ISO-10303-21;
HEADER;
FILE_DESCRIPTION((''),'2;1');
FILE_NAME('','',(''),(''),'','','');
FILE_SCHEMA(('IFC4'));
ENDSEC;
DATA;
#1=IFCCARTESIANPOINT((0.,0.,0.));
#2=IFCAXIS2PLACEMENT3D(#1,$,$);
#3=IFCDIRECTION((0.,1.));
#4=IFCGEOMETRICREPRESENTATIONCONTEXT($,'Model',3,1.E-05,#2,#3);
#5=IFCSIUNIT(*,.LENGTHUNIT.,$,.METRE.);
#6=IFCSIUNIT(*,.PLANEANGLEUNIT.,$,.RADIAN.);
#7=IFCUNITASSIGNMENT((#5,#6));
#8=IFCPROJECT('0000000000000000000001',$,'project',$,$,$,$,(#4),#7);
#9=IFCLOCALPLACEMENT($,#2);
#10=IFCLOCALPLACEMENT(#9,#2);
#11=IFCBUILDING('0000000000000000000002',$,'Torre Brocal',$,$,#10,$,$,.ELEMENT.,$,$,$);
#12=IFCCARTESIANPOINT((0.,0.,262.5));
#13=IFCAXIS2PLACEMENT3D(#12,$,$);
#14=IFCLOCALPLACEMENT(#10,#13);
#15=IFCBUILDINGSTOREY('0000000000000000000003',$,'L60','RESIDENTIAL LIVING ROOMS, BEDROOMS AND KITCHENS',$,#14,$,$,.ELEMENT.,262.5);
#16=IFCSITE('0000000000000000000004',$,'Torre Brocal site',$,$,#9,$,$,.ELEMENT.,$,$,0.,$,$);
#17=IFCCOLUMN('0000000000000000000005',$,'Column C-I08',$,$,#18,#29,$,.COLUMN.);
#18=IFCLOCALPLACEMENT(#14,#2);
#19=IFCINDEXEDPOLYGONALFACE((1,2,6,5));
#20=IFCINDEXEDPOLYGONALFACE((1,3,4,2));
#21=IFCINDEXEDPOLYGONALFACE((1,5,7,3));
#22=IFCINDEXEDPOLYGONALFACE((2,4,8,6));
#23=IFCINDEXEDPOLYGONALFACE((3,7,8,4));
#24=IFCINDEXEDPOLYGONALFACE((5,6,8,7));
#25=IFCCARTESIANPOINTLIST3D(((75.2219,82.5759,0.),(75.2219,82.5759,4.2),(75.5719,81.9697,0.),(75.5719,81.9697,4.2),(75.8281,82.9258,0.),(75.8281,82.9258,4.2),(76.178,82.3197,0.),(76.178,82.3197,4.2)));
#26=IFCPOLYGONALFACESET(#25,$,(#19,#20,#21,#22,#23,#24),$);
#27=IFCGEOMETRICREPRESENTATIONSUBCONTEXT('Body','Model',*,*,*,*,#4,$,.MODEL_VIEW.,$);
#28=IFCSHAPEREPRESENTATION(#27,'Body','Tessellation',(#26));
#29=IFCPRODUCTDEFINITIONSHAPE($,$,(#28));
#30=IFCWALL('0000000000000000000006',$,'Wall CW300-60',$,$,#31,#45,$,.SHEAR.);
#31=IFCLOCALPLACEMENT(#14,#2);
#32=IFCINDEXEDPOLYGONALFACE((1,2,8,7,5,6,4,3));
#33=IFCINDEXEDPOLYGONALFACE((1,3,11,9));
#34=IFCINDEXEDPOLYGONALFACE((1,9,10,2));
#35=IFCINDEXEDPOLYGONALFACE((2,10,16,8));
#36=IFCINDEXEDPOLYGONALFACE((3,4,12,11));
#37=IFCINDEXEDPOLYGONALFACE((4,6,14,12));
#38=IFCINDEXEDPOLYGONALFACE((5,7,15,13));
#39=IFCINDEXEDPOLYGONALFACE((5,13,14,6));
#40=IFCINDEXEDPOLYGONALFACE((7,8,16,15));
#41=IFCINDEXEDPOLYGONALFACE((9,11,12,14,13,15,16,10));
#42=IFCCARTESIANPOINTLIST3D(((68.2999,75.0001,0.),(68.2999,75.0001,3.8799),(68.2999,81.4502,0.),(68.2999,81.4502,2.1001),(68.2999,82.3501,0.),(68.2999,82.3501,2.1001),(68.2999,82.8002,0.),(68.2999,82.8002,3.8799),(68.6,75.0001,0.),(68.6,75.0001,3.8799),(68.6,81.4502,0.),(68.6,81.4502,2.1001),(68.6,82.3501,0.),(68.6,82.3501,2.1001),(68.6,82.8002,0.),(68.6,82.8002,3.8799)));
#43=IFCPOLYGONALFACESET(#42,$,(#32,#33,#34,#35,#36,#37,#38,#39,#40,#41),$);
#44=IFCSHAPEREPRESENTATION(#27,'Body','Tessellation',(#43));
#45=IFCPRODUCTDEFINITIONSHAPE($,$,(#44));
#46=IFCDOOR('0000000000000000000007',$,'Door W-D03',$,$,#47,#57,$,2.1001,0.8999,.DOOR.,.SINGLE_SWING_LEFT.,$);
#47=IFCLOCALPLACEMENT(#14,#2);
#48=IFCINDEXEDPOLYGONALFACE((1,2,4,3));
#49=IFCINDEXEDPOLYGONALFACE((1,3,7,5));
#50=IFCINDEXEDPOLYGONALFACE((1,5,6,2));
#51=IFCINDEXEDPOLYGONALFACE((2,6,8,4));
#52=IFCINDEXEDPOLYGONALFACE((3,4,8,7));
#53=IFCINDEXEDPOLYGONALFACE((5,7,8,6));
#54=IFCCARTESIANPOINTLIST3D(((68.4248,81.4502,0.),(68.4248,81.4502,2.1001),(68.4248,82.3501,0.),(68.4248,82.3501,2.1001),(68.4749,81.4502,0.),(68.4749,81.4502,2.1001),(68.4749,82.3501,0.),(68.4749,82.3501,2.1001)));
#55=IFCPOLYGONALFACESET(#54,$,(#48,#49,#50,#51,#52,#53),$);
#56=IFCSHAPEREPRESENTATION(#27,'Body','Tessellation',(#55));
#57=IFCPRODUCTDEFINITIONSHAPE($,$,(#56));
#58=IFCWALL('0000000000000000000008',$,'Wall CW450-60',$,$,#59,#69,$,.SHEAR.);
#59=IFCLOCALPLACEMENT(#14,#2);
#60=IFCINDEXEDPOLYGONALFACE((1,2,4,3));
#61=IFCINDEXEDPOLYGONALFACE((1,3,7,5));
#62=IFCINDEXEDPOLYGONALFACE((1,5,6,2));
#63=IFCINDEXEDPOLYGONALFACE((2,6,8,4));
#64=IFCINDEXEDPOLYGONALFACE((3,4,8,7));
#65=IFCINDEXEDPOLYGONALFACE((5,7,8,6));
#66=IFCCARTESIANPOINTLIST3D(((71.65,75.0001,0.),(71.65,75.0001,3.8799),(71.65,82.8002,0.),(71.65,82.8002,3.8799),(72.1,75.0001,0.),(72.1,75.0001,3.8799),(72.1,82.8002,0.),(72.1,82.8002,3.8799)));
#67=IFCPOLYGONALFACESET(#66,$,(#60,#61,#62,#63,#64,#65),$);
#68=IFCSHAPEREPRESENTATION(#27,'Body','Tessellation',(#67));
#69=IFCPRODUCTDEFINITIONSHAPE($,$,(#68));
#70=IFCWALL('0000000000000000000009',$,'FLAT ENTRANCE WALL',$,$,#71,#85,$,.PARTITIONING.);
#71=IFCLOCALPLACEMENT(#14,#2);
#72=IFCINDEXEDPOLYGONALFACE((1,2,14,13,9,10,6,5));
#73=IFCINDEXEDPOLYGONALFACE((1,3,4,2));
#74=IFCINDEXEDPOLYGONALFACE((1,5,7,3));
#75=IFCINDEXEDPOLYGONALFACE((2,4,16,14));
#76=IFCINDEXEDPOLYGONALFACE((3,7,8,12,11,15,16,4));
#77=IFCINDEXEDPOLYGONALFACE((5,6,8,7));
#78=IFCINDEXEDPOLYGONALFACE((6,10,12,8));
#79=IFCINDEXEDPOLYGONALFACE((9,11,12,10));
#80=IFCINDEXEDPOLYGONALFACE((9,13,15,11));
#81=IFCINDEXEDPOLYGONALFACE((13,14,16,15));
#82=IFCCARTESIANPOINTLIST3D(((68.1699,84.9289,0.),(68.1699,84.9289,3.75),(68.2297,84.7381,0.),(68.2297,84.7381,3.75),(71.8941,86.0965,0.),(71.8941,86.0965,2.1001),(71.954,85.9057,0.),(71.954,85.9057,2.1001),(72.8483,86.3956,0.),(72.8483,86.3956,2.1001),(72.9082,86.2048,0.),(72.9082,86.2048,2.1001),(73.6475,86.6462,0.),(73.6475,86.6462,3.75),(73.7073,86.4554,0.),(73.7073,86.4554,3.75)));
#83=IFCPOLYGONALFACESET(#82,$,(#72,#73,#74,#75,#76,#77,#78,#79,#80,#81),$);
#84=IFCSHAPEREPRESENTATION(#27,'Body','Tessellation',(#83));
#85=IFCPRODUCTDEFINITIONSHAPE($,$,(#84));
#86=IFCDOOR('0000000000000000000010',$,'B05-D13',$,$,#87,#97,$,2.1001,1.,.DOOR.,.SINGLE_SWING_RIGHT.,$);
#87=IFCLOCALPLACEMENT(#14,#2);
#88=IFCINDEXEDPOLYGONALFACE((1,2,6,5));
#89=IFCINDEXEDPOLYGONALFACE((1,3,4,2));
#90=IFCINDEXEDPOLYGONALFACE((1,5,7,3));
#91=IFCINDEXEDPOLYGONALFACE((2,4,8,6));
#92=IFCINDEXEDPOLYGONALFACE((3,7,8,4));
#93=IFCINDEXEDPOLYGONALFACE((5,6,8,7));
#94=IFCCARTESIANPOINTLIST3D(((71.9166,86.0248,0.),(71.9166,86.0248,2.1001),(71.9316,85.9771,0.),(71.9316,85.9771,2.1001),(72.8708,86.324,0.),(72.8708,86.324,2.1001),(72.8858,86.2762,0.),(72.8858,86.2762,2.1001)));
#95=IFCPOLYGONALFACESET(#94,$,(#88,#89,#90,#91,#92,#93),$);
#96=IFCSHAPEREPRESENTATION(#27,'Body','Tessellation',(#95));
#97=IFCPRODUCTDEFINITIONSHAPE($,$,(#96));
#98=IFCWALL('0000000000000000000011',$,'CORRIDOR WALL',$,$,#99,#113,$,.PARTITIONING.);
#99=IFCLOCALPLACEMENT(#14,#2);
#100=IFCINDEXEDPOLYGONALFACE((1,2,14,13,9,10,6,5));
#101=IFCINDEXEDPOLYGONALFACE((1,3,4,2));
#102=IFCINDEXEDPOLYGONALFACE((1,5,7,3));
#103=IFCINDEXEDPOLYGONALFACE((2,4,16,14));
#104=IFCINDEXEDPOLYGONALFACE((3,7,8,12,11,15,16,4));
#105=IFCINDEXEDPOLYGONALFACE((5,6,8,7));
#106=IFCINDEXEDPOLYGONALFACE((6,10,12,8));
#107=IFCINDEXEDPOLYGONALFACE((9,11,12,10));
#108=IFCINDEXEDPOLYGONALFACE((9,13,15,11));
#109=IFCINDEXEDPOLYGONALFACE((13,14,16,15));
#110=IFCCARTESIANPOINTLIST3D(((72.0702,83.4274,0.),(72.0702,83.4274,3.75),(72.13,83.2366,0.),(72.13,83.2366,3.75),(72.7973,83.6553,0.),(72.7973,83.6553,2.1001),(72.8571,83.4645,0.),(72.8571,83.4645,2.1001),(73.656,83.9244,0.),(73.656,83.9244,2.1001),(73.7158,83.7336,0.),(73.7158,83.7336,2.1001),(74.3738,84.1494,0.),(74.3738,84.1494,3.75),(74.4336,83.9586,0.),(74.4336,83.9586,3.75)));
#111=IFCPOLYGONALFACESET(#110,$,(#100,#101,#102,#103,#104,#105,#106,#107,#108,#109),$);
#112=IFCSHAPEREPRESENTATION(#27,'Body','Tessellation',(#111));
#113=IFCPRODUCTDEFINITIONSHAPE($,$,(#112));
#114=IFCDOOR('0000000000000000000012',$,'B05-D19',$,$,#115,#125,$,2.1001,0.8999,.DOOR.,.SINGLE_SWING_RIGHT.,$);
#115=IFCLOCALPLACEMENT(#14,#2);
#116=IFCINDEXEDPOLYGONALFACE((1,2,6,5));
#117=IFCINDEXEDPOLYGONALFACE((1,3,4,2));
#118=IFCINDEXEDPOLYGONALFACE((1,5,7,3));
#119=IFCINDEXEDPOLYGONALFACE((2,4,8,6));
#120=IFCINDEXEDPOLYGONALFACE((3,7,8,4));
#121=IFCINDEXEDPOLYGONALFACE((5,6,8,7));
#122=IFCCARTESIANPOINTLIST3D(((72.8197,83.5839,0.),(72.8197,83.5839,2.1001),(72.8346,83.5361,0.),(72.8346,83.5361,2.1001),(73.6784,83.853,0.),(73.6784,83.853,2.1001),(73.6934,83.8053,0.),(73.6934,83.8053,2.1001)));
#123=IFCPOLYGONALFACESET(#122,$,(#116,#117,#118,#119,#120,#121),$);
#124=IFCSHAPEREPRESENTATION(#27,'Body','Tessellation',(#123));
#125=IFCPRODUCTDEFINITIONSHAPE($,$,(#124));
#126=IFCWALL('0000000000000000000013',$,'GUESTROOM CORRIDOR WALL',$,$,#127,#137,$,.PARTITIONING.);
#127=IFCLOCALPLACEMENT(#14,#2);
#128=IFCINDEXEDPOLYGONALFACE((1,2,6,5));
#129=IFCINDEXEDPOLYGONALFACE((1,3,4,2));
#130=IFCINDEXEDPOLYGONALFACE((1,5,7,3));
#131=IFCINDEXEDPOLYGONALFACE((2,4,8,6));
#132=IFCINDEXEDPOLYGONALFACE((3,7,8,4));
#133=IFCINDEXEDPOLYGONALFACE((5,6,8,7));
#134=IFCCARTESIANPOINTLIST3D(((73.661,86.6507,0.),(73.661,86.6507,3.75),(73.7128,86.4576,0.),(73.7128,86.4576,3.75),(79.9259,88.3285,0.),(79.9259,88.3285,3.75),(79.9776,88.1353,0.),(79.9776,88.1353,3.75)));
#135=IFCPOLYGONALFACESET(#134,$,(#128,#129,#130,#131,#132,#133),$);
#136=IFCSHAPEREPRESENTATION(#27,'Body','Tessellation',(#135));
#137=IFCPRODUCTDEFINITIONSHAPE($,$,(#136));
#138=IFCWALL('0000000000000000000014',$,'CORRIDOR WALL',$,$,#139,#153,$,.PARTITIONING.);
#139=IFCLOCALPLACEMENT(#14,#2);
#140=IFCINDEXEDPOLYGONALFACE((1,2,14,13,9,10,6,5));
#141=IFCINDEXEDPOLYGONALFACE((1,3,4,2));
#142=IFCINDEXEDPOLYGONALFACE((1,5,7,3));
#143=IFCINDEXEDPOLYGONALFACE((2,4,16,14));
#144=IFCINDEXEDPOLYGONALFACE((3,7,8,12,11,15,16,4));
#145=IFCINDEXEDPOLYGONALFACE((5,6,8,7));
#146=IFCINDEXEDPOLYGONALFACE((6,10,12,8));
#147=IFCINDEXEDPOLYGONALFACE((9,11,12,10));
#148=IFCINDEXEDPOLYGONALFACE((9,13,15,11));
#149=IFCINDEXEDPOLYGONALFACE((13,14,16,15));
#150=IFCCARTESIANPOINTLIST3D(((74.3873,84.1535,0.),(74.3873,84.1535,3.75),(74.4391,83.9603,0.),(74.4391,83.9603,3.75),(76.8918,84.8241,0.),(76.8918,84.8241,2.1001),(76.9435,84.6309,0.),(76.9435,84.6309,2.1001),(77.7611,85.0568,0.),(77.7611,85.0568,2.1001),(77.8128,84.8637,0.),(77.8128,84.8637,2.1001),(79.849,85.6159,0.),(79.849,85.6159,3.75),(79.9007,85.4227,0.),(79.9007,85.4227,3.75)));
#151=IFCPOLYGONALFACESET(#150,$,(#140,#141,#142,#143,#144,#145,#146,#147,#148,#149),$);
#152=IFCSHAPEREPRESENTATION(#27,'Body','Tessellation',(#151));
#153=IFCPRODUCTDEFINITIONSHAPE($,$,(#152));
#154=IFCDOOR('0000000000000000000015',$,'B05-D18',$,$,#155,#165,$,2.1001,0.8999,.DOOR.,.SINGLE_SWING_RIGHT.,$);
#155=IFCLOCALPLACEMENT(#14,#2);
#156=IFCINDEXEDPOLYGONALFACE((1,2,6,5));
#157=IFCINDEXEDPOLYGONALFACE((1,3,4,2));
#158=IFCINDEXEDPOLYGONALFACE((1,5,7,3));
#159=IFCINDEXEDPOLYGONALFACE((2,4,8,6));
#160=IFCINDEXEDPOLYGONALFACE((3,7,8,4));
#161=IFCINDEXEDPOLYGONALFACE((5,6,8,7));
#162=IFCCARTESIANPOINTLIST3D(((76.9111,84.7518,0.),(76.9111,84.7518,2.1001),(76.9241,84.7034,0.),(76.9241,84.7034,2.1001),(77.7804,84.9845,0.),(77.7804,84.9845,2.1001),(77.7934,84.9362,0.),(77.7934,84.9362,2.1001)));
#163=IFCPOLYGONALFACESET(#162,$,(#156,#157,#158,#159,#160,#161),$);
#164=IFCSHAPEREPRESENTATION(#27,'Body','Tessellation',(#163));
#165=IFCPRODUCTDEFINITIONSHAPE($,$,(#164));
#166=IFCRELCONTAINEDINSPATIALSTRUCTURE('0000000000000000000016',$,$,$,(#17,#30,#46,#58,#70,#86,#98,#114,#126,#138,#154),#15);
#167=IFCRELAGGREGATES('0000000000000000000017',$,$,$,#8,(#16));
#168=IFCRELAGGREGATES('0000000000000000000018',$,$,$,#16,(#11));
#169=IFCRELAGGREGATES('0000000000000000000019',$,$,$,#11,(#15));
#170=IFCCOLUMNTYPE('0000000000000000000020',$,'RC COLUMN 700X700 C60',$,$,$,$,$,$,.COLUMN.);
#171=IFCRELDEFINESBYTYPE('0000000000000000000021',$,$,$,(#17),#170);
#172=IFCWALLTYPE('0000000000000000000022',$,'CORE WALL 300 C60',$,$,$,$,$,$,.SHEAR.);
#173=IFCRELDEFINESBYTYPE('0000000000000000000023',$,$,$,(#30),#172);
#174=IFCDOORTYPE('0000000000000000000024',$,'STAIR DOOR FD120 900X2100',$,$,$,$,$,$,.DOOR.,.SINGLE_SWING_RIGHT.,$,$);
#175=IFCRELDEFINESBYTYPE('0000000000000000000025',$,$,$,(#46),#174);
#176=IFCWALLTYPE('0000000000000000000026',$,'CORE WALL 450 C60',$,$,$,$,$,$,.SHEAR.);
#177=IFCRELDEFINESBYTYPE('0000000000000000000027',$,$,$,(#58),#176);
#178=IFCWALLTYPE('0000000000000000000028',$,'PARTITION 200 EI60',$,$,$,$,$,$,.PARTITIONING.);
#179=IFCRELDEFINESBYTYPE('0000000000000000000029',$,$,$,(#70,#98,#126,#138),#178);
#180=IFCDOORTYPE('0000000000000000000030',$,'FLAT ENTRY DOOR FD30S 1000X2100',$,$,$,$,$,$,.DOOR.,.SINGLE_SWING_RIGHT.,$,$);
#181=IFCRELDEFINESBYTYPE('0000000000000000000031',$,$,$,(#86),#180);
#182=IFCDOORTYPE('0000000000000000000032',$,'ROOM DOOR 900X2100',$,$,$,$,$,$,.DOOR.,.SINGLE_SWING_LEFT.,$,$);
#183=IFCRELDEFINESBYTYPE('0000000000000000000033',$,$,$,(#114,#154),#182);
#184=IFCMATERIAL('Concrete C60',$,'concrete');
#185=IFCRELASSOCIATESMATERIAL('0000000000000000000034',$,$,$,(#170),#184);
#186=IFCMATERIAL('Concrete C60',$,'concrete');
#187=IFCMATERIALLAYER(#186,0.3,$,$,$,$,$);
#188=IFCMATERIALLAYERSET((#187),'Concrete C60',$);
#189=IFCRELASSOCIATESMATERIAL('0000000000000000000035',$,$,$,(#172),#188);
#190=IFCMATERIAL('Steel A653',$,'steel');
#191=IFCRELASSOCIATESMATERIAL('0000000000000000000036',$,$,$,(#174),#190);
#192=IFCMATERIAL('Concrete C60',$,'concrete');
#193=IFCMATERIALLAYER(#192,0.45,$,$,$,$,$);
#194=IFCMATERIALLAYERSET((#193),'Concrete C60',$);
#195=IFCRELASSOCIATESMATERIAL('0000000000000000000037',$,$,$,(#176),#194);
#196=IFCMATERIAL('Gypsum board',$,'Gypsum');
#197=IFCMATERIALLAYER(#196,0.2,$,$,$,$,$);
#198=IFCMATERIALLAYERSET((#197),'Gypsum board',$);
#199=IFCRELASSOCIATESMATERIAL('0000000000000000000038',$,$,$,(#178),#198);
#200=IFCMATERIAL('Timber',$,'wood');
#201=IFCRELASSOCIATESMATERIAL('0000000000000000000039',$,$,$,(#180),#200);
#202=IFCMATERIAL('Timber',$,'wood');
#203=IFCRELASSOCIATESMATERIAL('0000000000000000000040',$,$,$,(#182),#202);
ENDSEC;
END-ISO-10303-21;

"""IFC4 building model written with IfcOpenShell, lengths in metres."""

from ifc_helpers import new_model, si_unit, direction, frame, frame_2d, origin, origin_2d, place, context, subcontext, project, spatial, rectangle, extrude, material, layer, layer_set, material_profile, profile_set, type_object, element, fill, save


model = new_model("IFC4")

# Units and contexts
model_context = context("Model", 3, precision=1e-05, world=origin(), true_north=direction((0.0, 1.0)))
body_context = subcontext(model_context, "Body", "Model", "MODEL_VIEW")
ifc_project = project(units=[si_unit("LENGTHUNIT", "METRE"), si_unit("PLANEANGLEUNIT", "RADIAN")], contexts=[model_context])

# Site, building, storey
site_placement = place(None, origin())
site = spatial("IfcSite", under=ifc_project, at=site_placement, Name="Torre Brocal site", CompositionType="ELEMENT", RefElevation=0.0)
building_placement = place(site_placement, origin())
building = spatial("IfcBuilding", under=site, at=building_placement, Name="Torre Brocal", CompositionType="ELEMENT")
storey_placement = place(building_placement, frame((0.0, 0.0, 262.5)))
storey = spatial("IfcBuildingStorey", under=building, at=storey_placement, Name="L60", Description="RESIDENTIAL LIVING ROOMS, BEDROOMS AND KITCHENS", CompositionType="ELEMENT", Elevation=262.5)

# Column
ifc_material_1 = material(Name="Concrete C60", Category="concrete")
ifc_material_profile = material_profile(ifc_material_1, rectangle(XDim=0.7, YDim=0.7, at=origin_2d()), Name="RC 700X700")
ifc_profile_set = profile_set([ifc_material_profile], Name="Concrete C60")
column_type = type_object("IfcColumnType", Name="RC COLUMN 700X700 C60", PredefinedType="COLUMN", material=ifc_profile_set)
column_placement = place(storey_placement, frame((75.7, 82.4478, 0.0), z_axis=(0.0, 0.0, 1.0), x_axis=(-0.5, 0.866025, 0.0)))
element("IfcColumn", 1, at=column_placement, inside=storey, type_object=column_type, Name="Column C-I08", PredefinedType="COLUMN", context=body_context, shape_type="SweptSolid", body=[
    extrude(rectangle(XDim=0.7, YDim=0.7, at=origin_2d()), origin(), (0.0, 0.0, 1.0), 4.2),
])

# Wall, opening, door
ifc_material_2 = material(Name="Concrete C60", Category="concrete")
ifc_layer_1 = layer(ifc_material_2, 0.3)
ifc_layer_set_1 = layer_set([ifc_layer_1], Name="Concrete C60")
wall_type_1 = type_object("IfcWallType", Name="CORE WALL 300 C60", PredefinedType="SHEAR", material=ifc_layer_set_1)
wall_1_placement = place(storey_placement, frame((68.45, 82.8, 0.0), z_axis=(0.0, 0.0, 1.0), x_axis=(0.0, -1.0, 0.0)))
wall_1 = element("IfcWall", 2, at=wall_1_placement, inside=storey, type_object=wall_type_1, Name="Wall CW300-60", PredefinedType="SHEAR", context=body_context, shape_type="SweptSolid", body=[
    extrude(rectangle(XDim=7.8, YDim=0.3, at=frame_2d((3.8999, 0.0))), origin(), (0.0, 0.0, 1.0), 3.8799),
])
opening_1_placement = place(wall_1_placement, frame((0.45, 0.0, 0.0)))
opening_1 = element("IfcOpeningElement", 3, at=opening_1_placement, cuts=wall_1, PredefinedType="OPENING", context=body_context, shape_type="SweptSolid", body=[
    extrude(rectangle(XDim=0.8999, YDim=2.1001, at=frame_2d((0.45, 1.05))), frame((0.0, 0.1599, 0.0), z_axis=(0.0, -1.0, 0.0), x_axis=(1.0, 0.0, 0.0)), (0.0, 0.0, 1.0), 0.3201),
])
ifc_material_3 = material(Name="Steel A653", Category="steel")
door_type_1 = type_object("IfcDoorType", Name="STAIR DOOR FD120 900X2100", OperationType="SINGLE_SWING_RIGHT", PredefinedType="DOOR", material=ifc_material_3)
door_1_placement = place(opening_1_placement, origin())
door_1 = element("IfcDoor", 4, at=door_1_placement, inside=storey, type_object=door_type_1, Name="Door W-D03", OperationType="SINGLE_SWING_LEFT", OverallHeight=2.1001, OverallWidth=0.8999, PredefinedType="DOOR", context=body_context, shape_type="SweptSolid", body=[
    extrude(rectangle(XDim=0.8999, YDim=2.1001, at=frame_2d((0.45, 1.05))), frame((0.0, 0.0249, 0.0), z_axis=(0.0, -1.0, 0.0), x_axis=(1.0, 0.0, 0.0)), (0.0, 0.0, 1.0), 0.05),
])
fill(opening_1, door_1)

# Wall
ifc_material_4 = material(Name="Concrete C60", Category="concrete")
ifc_layer_2 = layer(ifc_material_4, 0.45)
ifc_layer_set_2 = layer_set([ifc_layer_2], Name="Concrete C60")
wall_type_2 = type_object("IfcWallType", Name="CORE WALL 450 C60", PredefinedType="SHEAR", material=ifc_layer_set_2)
wall_2_placement = place(storey_placement, frame((71.875, 82.8, 0.0), z_axis=(0.0, 0.0, 1.0), x_axis=(0.0, -1.0, 0.0)))
element("IfcWall", 5, at=wall_2_placement, inside=storey, type_object=wall_type_2, Name="Wall CW450-60", PredefinedType="SHEAR", context=body_context, shape_type="SweptSolid", body=[
    extrude(rectangle(XDim=7.8, YDim=0.45, at=frame_2d((3.8999, 0.0))), origin(), (0.0, 0.0, 1.0), 3.8799),
])

# Walls, openings, doors
ifc_material_5 = material(Name="Gypsum board", Category="Gypsum")
ifc_layer_3 = layer(ifc_material_5, 0.2)
ifc_layer_set_3 = layer_set([ifc_layer_3], Name="Gypsum board")
wall_type_3 = type_object("IfcWallType", Name="PARTITION 200 EI60", PredefinedType="PARTITIONING", material=ifc_layer_set_3)
wall_3_placement = place(storey_placement, frame((68.2, 84.8335, 0.0), z_axis=(0.0, 0.0, 1.0), x_axis=(0.954204, 0.299156, 0.0)))
wall_3 = element("IfcWall", 6, at=wall_3_placement, inside=storey, type_object=wall_type_3, Name="FLAT ENTRANCE WALL", PredefinedType="PARTITIONING", context=body_context, shape_type="SweptSolid", body=[
    extrude(rectangle(XDim=5.7405, YDim=0.2, at=frame_2d((2.8701, 0.0))), origin(), (0.0, 0.0, 1.0), 3.75),
])
opening_2_placement = place(wall_3_placement, frame((3.9028, 0.0, 0.0)))
opening_2 = element("IfcOpeningElement", 7, at=opening_2_placement, cuts=wall_3, PredefinedType="OPENING", context=body_context, shape_type="SweptSolid", body=[
    extrude(rectangle(XDim=1.0, YDim=2.1001, at=frame_2d((0.5, 1.05))), frame((0.0, 0.1099, 0.0), z_axis=(0.0, -1.0, 0.0), x_axis=(1.0, 0.0, 0.0)), (0.0, 0.0, 1.0), 0.22),
])
ifc_material_6 = material(Name="Timber", Category="wood")
door_type_2 = type_object("IfcDoorType", Name="FLAT ENTRY DOOR FD30S 1000X2100", OperationType="SINGLE_SWING_RIGHT", PredefinedType="DOOR", material=ifc_material_6)
door_2_placement = place(opening_2_placement, origin())
door_2 = element("IfcDoor", 8, at=door_2_placement, inside=storey, type_object=door_type_2, Name="B05-D13", OperationType="SINGLE_SWING_RIGHT", OverallHeight=2.1001, OverallWidth=1.0, PredefinedType="DOOR", context=body_context, shape_type="SweptSolid", body=[
    extrude(rectangle(XDim=1.0, YDim=2.1001, at=frame_2d((0.5, 1.05))), frame((0.0, 0.0249, 0.0), z_axis=(0.0, -1.0, 0.0), x_axis=(1.0, 0.0, 0.0)), (0.0, 0.0, 1.0), 0.05),
])
fill(opening_2, door_2)
wall_4_placement = place(storey_placement, frame((72.1001, 83.332, 0.0), z_axis=(0.0, 0.0, 1.0), x_axis=(0.954233, 0.299064, 0.0)))
wall_4 = element("IfcWall", 9, at=wall_4_placement, inside=storey, type_object=wall_type_3, Name="CORRIDOR WALL", PredefinedType="PARTITIONING", context=body_context, shape_type="SweptSolid", body=[
    extrude(rectangle(XDim=2.4141, YDim=0.2, at=frame_2d((1.207, 0.0))), origin(), (0.0, 0.0, 1.0), 3.75),
])
opening_3_placement = place(wall_4_placement, frame((0.762, 0.0, 0.0)))
opening_3 = element("IfcOpeningElement", 10, at=opening_3_placement, cuts=wall_4, PredefinedType="OPENING", context=body_context, shape_type="SweptSolid", body=[
    extrude(rectangle(XDim=0.8999, YDim=2.1001, at=frame_2d((0.45, 1.05))), frame((0.0, 0.1099, 0.0), z_axis=(0.0, -1.0, 0.0), x_axis=(1.0, 0.0, 0.0)), (0.0, 0.0, 1.0), 0.22),
])
ifc_material_7 = material(Name="Timber", Category="wood")
door_type_3 = type_object("IfcDoorType", Name="ROOM DOOR 900X2100", OperationType="SINGLE_SWING_LEFT", PredefinedType="DOOR", material=ifc_material_7)
door_3_placement = place(opening_3_placement, frame((0.8999, 0.0, 0.0), z_axis=(0.0, 0.0, 1.0), x_axis=(-1.0, 0.0, 0.0)))
door_3 = element("IfcDoor", 11, at=door_3_placement, inside=storey, type_object=door_type_3, Name="B05-D19", OperationType="SINGLE_SWING_RIGHT", OverallHeight=2.1001, OverallWidth=0.8999, PredefinedType="DOOR", context=body_context, shape_type="SweptSolid", body=[
    extrude(rectangle(XDim=0.8999, YDim=2.1001, at=frame_2d((0.45, 1.05))), frame((0.0, 0.0249, 0.0), z_axis=(0.0, -1.0, 0.0), x_axis=(1.0, 0.0, 0.0)), (0.0, 0.0, 1.0), 0.05),
])
fill(opening_3, door_3)

# Wall
wall_5_placement = place(storey_placement, frame((73.687, 86.5542, 0.0), z_axis=(0.0, 0.0, 1.0), x_axis=(0.965962, 0.258684, 0.0)))
element("IfcWall", 12, at=wall_5_placement, inside=storey, type_object=wall_type_3, Name="GUESTROOM CORRIDOR WALL", PredefinedType="PARTITIONING", context=body_context, shape_type="SweptSolid", body=[
    extrude(rectangle(XDim=6.4856, YDim=0.2, at=frame_2d((3.2427, 0.0))), origin(), (0.0, 0.0, 1.0), 3.75),
])

# Wall, opening, door
wall_6_placement = place(storey_placement, frame((74.4131, 84.0569, 0.0), z_axis=(0.0, 0.0, 1.0), x_axis=(0.965972, 0.258646, 0.0)))
wall_6 = element("IfcWall", 13, at=wall_6_placement, inside=storey, type_object=wall_type_3, Name="CORRIDOR WALL", PredefinedType="PARTITIONING", context=body_context, shape_type="SweptSolid", body=[
    extrude(rectangle(XDim=5.6541, YDim=0.2, at=frame_2d((2.8271, 0.0))), origin(), (0.0, 0.0, 1.0), 3.75),
])
opening_4_placement = place(wall_6_placement, frame((2.5928, 0.0, 0.0)))
opening_4 = element("IfcOpeningElement", 14, at=opening_4_placement, cuts=wall_6, PredefinedType="OPENING", context=body_context, shape_type="SweptSolid", body=[
    extrude(rectangle(XDim=0.8999, YDim=2.1001, at=frame_2d((0.45, 1.05))), frame((0.0, 0.1099, 0.0), z_axis=(0.0, -1.0, 0.0), x_axis=(1.0, 0.0, 0.0)), (0.0, 0.0, 1.0), 0.22),
])
door_4_placement = place(opening_4_placement, frame((0.8999, 0.0, 0.0), z_axis=(0.0, 0.0, 1.0), x_axis=(-1.0, 0.0, 0.0)))
door_4 = element("IfcDoor", 15, at=door_4_placement, inside=storey, type_object=door_type_3, Name="B05-D18", OperationType="SINGLE_SWING_RIGHT", OverallHeight=2.1001, OverallWidth=0.8999, PredefinedType="DOOR", context=body_context, shape_type="SweptSolid", body=[
    extrude(rectangle(XDim=0.8999, YDim=2.1001, at=frame_2d((0.45, 1.05))), frame((0.0, 0.0249, 0.0), z_axis=(0.0, -1.0, 0.0), x_axis=(1.0, 0.0, 0.0)), (0.0, 0.0, 1.0), 0.05),
])
fill(opening_4, door_4)

save(model, "model.ifc")
